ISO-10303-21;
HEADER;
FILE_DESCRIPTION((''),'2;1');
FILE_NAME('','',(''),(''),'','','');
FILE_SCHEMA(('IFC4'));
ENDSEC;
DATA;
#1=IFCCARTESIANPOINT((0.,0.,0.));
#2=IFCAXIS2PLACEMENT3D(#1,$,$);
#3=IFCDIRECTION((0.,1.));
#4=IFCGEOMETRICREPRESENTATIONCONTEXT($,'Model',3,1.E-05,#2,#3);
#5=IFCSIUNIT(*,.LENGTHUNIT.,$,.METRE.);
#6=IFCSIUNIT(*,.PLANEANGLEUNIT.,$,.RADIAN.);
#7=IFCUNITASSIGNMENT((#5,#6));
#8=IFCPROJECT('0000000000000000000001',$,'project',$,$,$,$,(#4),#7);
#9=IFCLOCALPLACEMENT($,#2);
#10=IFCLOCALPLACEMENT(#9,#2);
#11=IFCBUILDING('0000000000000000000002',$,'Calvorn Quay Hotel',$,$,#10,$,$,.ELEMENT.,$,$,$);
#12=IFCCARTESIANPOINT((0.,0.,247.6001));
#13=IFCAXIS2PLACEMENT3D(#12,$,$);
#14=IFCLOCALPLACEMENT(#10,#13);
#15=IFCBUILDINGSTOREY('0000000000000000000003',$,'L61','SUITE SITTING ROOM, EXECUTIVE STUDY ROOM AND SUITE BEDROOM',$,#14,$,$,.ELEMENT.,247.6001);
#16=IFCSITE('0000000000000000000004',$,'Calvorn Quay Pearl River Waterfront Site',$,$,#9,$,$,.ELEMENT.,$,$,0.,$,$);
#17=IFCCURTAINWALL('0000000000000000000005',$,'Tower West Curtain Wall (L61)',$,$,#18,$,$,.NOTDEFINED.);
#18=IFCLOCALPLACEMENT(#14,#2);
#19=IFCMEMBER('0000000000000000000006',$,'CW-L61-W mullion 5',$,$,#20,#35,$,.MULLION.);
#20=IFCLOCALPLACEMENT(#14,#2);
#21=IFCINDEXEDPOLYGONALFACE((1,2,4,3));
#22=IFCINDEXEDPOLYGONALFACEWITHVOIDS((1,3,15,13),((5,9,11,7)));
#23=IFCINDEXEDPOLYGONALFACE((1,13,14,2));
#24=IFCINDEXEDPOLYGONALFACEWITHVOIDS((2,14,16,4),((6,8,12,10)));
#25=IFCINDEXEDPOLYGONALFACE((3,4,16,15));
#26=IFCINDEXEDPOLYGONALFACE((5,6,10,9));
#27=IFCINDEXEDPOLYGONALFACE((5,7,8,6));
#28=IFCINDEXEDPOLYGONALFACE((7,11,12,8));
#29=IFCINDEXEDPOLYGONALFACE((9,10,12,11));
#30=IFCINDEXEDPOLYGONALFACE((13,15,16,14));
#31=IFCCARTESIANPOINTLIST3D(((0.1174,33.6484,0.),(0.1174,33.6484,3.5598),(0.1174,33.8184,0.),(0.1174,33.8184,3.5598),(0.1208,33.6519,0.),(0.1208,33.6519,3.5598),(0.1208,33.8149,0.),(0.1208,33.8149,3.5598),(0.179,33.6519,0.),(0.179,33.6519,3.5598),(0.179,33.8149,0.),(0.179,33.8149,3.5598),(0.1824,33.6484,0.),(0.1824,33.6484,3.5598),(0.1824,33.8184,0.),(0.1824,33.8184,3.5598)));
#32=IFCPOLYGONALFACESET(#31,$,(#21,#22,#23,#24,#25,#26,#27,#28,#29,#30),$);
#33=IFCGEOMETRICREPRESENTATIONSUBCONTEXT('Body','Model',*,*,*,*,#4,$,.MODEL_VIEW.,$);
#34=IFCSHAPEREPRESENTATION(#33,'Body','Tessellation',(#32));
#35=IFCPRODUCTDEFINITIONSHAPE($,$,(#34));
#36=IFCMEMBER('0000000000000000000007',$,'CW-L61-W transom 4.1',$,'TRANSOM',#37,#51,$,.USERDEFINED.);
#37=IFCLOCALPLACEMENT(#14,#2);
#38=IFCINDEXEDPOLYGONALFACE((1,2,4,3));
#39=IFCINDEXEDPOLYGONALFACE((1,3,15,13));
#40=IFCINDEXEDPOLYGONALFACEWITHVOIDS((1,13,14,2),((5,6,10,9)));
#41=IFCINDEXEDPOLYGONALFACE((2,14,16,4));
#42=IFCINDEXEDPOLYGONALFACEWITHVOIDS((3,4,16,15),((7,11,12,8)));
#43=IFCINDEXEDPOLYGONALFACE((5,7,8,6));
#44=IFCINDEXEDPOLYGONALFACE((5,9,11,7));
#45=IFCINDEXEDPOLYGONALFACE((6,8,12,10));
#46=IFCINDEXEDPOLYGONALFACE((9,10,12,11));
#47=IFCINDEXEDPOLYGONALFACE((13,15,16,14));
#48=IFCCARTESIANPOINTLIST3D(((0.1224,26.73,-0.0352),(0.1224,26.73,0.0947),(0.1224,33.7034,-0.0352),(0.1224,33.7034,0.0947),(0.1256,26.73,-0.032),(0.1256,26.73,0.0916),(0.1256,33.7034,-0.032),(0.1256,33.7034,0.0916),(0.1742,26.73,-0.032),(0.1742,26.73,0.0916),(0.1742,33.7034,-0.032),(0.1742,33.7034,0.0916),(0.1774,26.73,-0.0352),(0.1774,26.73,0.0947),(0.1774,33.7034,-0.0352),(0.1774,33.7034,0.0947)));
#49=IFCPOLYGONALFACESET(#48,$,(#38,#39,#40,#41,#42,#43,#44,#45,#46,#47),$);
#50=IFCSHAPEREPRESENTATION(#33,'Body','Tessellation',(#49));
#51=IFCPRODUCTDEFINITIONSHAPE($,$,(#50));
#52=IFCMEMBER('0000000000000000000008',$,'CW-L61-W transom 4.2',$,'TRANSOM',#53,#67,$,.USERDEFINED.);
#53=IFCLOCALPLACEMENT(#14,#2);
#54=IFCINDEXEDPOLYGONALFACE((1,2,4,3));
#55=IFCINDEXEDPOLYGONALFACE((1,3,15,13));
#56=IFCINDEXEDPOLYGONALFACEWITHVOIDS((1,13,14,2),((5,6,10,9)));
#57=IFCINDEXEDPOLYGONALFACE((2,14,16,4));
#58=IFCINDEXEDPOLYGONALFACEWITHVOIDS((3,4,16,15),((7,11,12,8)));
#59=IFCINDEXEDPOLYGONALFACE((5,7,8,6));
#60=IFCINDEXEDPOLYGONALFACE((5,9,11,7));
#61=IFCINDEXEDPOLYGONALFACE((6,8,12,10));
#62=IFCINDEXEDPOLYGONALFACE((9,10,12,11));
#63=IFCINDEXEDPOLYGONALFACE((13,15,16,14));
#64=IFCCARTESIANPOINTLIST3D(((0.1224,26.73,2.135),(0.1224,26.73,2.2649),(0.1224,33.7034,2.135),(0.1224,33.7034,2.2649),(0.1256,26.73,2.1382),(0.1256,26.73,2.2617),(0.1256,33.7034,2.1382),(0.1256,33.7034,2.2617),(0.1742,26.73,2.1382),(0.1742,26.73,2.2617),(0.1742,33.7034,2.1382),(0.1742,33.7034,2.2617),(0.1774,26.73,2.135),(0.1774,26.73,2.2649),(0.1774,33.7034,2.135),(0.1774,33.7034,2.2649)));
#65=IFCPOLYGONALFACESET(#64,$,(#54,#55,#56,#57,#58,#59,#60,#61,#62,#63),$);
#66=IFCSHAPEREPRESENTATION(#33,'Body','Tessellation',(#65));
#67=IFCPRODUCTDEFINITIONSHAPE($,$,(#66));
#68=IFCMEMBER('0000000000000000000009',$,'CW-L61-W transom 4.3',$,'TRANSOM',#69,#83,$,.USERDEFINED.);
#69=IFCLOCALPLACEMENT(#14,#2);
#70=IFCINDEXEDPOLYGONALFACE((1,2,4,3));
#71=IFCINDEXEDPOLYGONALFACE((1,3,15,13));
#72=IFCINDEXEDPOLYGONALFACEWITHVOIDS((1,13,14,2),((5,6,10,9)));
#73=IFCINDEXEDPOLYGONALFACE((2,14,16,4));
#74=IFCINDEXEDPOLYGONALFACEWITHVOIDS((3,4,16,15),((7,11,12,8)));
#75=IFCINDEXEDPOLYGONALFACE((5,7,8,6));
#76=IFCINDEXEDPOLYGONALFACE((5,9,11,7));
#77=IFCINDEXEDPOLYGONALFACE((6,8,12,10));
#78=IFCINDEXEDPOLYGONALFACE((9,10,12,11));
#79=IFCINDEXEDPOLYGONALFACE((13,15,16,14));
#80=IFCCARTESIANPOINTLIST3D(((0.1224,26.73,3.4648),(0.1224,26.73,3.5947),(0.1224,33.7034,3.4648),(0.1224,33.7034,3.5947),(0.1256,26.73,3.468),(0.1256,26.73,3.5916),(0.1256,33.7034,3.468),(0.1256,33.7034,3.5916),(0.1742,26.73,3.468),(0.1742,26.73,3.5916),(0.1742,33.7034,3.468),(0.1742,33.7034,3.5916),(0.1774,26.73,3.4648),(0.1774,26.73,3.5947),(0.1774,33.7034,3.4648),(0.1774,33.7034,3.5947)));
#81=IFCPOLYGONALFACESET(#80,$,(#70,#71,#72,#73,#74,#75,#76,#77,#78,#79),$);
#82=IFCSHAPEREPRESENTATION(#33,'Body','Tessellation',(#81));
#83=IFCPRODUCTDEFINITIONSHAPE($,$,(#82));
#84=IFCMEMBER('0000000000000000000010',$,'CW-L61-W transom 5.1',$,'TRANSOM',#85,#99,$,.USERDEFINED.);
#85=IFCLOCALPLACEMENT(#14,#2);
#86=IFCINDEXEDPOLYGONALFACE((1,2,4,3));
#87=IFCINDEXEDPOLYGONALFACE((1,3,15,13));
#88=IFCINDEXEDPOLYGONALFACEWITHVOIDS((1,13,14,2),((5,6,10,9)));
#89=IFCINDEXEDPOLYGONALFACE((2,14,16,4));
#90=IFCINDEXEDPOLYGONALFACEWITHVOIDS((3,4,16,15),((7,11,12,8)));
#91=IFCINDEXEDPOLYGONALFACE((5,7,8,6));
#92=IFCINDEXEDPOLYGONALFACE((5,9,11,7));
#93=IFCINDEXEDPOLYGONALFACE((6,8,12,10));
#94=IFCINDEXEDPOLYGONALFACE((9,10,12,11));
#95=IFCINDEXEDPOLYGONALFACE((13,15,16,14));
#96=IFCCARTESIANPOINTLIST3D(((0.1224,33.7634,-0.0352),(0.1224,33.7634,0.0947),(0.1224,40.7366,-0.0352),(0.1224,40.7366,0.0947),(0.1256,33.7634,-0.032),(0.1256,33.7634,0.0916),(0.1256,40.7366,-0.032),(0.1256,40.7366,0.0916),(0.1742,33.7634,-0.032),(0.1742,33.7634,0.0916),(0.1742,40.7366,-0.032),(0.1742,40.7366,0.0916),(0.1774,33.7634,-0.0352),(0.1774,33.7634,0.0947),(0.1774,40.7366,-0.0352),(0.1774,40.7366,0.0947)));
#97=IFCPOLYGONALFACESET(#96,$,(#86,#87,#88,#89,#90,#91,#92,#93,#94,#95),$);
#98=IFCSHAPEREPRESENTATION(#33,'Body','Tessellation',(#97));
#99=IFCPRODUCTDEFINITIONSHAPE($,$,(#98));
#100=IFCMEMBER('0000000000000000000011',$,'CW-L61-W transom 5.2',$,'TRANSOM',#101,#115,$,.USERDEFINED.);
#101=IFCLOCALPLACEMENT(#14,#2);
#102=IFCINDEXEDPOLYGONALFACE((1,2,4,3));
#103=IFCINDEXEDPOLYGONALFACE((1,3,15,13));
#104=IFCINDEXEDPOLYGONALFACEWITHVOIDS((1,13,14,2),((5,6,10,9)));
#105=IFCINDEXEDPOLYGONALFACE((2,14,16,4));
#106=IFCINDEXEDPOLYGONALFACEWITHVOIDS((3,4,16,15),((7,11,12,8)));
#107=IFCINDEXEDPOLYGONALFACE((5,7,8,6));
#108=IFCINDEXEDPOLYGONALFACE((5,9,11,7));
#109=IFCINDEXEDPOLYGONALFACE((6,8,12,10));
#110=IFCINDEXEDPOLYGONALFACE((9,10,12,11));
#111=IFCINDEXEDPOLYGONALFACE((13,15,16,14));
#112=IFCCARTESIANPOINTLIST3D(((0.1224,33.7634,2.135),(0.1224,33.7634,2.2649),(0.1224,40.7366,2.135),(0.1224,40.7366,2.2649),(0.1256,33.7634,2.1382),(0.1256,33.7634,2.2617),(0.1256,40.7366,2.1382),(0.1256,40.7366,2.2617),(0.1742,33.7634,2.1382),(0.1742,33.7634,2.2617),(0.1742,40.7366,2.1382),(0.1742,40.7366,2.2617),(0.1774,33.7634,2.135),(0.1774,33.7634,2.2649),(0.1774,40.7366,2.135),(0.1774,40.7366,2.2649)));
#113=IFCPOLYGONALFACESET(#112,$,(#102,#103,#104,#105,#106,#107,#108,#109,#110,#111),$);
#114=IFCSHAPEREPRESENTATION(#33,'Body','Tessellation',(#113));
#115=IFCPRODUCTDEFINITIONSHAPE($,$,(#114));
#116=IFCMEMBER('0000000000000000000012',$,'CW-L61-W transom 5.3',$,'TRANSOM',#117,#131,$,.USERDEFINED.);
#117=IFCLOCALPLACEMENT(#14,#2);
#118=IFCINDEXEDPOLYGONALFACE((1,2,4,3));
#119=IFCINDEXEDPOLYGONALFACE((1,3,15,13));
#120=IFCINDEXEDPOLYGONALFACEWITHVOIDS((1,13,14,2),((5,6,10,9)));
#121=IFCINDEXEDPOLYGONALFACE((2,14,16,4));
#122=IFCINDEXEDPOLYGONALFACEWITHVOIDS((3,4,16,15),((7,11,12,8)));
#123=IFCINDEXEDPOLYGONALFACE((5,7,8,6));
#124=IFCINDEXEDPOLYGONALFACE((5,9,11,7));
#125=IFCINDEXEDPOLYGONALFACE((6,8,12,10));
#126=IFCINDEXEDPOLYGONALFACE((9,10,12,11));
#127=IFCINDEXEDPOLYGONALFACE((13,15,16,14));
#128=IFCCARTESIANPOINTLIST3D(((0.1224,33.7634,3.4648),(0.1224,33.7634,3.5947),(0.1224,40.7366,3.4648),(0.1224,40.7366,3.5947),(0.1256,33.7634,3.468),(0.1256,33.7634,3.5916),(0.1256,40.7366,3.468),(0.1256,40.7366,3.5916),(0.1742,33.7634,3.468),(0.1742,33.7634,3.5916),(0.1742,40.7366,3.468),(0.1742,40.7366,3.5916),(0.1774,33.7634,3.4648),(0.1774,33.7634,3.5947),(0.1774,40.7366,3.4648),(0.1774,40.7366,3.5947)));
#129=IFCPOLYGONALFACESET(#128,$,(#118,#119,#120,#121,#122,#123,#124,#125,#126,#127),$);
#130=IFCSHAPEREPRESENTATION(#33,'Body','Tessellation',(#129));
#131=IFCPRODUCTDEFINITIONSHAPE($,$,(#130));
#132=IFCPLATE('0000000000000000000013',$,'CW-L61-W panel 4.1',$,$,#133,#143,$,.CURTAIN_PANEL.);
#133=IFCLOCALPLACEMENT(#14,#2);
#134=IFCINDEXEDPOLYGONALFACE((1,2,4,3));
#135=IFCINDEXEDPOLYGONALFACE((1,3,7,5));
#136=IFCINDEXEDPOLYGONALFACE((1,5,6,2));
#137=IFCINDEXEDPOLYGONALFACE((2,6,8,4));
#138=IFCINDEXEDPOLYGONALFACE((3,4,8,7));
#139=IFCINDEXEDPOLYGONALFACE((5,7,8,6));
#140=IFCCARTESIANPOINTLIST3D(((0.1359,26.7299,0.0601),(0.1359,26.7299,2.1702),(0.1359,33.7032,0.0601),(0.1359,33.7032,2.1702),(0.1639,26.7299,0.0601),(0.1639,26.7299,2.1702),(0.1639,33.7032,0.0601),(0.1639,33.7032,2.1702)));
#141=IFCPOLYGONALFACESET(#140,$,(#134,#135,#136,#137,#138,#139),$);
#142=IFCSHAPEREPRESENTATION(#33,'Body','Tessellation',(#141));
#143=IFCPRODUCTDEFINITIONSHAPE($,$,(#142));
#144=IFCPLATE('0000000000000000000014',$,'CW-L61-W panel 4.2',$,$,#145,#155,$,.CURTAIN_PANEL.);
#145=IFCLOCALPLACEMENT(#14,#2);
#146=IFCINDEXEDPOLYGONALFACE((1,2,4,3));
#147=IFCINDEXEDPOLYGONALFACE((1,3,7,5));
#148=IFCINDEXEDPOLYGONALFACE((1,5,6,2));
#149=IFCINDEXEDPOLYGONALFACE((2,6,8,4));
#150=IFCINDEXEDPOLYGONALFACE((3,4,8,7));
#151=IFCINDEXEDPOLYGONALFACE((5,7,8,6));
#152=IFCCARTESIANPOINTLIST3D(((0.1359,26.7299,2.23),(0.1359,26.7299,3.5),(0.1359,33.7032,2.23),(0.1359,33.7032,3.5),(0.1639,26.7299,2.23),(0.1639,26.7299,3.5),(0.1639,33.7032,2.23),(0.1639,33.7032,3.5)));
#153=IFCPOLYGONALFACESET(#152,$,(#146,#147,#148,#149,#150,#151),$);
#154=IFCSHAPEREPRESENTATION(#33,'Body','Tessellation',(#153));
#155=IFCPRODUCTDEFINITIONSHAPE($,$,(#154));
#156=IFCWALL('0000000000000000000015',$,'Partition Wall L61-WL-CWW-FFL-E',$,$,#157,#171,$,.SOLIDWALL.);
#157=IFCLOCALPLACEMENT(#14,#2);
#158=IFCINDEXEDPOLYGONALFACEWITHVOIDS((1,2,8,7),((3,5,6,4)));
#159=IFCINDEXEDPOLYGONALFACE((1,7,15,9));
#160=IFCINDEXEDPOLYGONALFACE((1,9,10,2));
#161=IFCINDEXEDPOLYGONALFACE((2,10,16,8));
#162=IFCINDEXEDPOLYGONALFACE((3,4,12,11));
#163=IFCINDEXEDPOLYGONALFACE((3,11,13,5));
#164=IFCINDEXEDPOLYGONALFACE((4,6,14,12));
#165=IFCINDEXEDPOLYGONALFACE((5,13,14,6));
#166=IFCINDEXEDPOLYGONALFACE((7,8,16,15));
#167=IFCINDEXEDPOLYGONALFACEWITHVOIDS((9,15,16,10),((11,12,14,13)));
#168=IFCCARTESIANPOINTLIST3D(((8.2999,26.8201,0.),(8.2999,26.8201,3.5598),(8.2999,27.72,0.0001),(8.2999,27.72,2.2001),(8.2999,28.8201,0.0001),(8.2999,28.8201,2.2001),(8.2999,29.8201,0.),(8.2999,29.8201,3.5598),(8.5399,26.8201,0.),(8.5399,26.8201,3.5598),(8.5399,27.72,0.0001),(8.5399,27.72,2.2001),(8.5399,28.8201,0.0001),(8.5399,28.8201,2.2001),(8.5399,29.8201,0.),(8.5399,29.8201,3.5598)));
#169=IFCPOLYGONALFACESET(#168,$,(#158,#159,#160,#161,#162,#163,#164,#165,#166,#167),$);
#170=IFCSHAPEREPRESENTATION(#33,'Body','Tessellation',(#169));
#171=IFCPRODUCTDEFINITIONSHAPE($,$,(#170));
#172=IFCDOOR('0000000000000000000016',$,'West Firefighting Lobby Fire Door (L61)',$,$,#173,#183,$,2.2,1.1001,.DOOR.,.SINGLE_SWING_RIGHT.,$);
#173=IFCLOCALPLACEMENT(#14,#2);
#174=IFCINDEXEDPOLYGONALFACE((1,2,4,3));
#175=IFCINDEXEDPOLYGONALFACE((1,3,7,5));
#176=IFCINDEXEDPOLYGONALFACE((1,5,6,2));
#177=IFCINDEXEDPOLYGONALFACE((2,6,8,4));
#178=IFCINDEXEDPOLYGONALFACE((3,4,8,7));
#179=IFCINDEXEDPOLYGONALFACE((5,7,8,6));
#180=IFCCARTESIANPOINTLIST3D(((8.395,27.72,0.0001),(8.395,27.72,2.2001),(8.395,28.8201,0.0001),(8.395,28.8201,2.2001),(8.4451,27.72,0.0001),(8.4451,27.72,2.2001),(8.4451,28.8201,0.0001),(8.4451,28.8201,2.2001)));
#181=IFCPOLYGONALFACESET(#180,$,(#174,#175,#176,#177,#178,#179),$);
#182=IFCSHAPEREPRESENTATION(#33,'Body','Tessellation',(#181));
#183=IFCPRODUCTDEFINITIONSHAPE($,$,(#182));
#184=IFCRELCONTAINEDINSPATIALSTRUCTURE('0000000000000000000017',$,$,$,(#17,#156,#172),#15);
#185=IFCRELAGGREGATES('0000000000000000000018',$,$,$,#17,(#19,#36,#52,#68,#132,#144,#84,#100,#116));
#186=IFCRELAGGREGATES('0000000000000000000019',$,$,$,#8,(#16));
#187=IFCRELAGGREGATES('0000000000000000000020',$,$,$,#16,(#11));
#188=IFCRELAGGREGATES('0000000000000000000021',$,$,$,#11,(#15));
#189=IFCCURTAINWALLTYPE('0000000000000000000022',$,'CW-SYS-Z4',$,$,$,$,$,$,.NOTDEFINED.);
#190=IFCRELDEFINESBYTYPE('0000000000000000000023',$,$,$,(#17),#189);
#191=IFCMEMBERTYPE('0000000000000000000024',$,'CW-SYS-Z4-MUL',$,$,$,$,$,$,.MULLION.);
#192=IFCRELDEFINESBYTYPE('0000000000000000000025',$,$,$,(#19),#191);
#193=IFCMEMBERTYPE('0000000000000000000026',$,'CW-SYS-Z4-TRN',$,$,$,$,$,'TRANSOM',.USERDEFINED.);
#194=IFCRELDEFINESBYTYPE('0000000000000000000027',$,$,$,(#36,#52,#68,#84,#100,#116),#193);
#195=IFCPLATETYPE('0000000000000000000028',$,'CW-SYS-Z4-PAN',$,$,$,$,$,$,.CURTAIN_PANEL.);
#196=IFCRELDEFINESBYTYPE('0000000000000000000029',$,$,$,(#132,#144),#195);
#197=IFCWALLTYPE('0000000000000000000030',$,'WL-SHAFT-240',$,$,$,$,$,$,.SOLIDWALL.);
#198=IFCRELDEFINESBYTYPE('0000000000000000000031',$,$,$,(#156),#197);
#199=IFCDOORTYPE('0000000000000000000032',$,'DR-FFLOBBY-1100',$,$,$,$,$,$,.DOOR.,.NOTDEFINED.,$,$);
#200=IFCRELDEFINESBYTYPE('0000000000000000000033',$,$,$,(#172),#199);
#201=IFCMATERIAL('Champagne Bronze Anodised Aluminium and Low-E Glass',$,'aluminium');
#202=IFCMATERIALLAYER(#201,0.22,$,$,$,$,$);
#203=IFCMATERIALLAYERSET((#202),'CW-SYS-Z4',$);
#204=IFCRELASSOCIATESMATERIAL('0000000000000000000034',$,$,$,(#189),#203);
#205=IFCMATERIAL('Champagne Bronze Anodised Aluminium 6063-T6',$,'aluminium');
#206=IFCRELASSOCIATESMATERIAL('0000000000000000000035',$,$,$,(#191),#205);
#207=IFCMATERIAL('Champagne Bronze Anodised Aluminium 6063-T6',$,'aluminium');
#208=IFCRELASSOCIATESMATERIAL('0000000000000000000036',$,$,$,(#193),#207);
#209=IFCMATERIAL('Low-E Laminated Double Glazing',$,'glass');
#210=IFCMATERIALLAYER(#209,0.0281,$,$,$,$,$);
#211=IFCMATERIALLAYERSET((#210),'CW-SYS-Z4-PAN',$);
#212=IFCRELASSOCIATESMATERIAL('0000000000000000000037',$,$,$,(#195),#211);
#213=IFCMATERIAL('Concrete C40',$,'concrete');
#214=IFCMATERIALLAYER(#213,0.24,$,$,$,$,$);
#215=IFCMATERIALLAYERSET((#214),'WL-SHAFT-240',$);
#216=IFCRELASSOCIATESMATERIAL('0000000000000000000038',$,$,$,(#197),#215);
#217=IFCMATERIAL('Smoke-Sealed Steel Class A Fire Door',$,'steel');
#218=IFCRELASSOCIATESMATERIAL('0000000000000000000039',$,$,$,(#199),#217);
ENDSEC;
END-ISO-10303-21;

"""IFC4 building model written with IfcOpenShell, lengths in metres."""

from ifc_helpers import new_model, si_unit, direction, frame, frame_2d, origin, origin_2d, place, context, subcontext, project, spatial, rectangle, hollow_rectangle, extrude, material, layer, layer_set, material_profile, profile_set, type_object, element, fill, aggregate, save


model = new_model("IFC4")

# Units and contexts
model_context = context("Model", 3, precision=1e-05, world=origin(), true_north=direction((0.0, 1.0)))
body_context = subcontext(model_context, "Body", "Model", "MODEL_VIEW")
ifc_project = project(units=[si_unit("LENGTHUNIT", "METRE"), si_unit("PLANEANGLEUNIT", "RADIAN")], contexts=[model_context])

# Site, building, storey
site_placement = place(None, origin())
site = spatial("IfcSite", under=ifc_project, at=site_placement, Name="Calvorn Quay Pearl River Waterfront Site", CompositionType="ELEMENT", RefElevation=0.0)
building_placement = place(site_placement, origin())
building = spatial("IfcBuilding", under=site, at=building_placement, Name="Calvorn Quay Hotel", CompositionType="ELEMENT")
storey_placement = place(building_placement, frame((0.0, 0.0, 247.6001)))
storey = spatial("IfcBuildingStorey", under=building, at=storey_placement, Name="L61", Description="SUITE SITTING ROOM, EXECUTIVE STUDY ROOM AND SUITE BEDROOM", CompositionType="ELEMENT", Elevation=247.6001)

# Curtain wall, members, plates
ifc_material_1 = material(Name="Champagne Bronze Anodised Aluminium and Low-E Glass", Category="aluminium")
ifc_layer_1 = layer(ifc_material_1, 0.22)
ifc_layer_set_1 = layer_set([ifc_layer_1], Name="CW-SYS-Z4")
curtain_wall_type = type_object("IfcCurtainWallType", Name="CW-SYS-Z4", PredefinedType="NOTDEFINED", material=ifc_layer_set_1)
curtain_wall_placement = place(storey_placement, origin())
curtain_wall = element("IfcCurtainWall", 1, at=curtain_wall_placement, inside=storey, type_object=curtain_wall_type, Name="Tower West Curtain Wall (L61)", PredefinedType="NOTDEFINED")
ifc_material_2 = material(Name="Champagne Bronze Anodised Aluminium 6063-T6", Category="aluminium")
ifc_material_profile_1 = material_profile(ifc_material_2, hollow_rectangle(XDim=0.0649, YDim=0.1699, WallThickness=0.0034, at=origin_2d()), Name="ALU-M170x65x3.5")
ifc_profile_set_1 = profile_set([ifc_material_profile_1], Name="Champagne Bronze Anodised Aluminium 6063-T6")
member_type_1 = type_object("IfcMemberType", Name="CW-SYS-Z4-MUL", PredefinedType="MULLION", material=ifc_profile_set_1)
member_1_placement = place(storey_placement, frame((0.1499, 33.7334, 0.0), z_axis=(0.0, 0.0, 1.0), x_axis=(-1.0, 0.0, 0.0)))
member_1 = element("IfcMember", 2, at=member_1_placement, type_object=member_type_1, Name="CW-L61-W mullion 5", PredefinedType="MULLION", context=body_context, shape_type="SweptSolid", body=[
    extrude(hollow_rectangle(XDim=0.0649, YDim=0.1699, WallThickness=0.0034, at=origin_2d()), origin(), (0.0, 0.0, 1.0), 3.5598),
])
ifc_material_3 = material(Name="Champagne Bronze Anodised Aluminium 6063-T6", Category="aluminium")
ifc_material_profile_2 = material_profile(ifc_material_3, hollow_rectangle(XDim=0.0549, YDim=0.1299, WallThickness=0.0032, at=origin_2d()), Name="ALU-T130x55x3.2")
ifc_profile_set_2 = profile_set([ifc_material_profile_2], Name="Champagne Bronze Anodised Aluminium 6063-T6")
member_type_2 = type_object("IfcMemberType", Name="CW-SYS-Z4-TRN", ElementType="TRANSOM", PredefinedType="USERDEFINED", material=ifc_profile_set_2)
member_2_placement = place(storey_placement, frame((0.1499, 26.73, 0.0298), z_axis=(0.0, 1.0, 0.0), x_axis=(-1.0, 0.0, 0.0)))
member_2 = element("IfcMember", 3, at=member_2_placement, type_object=member_type_2, Name="CW-L61-W transom 4.1", ObjectType="TRANSOM", PredefinedType="USERDEFINED", context=body_context, shape_type="SweptSolid", body=[
    extrude(hollow_rectangle(XDim=0.0549, YDim=0.1299, WallThickness=0.0032, at=origin_2d()), origin(), (0.0, 0.0, 1.0), 6.9734),
])
member_3_placement = place(storey_placement, frame((0.1499, 26.73, 2.2), z_axis=(0.0, 1.0, 0.0), x_axis=(-1.0, 0.0, 0.0)))
member_3 = element("IfcMember", 4, at=member_3_placement, type_object=member_type_2, Name="CW-L61-W transom 4.2", ObjectType="TRANSOM", PredefinedType="USERDEFINED", context=body_context, shape_type="SweptSolid", body=[
    extrude(hollow_rectangle(XDim=0.0549, YDim=0.1299, WallThickness=0.0032, at=origin_2d()), origin(), (0.0, 0.0, 1.0), 6.9734),
])
member_4_placement = place(storey_placement, frame((0.1499, 26.73, 3.5298), z_axis=(0.0, 1.0, 0.0), x_axis=(-1.0, 0.0, 0.0)))
member_4 = element("IfcMember", 5, at=member_4_placement, type_object=member_type_2, Name="CW-L61-W transom 4.3", ObjectType="TRANSOM", PredefinedType="USERDEFINED", context=body_context, shape_type="SweptSolid", body=[
    extrude(hollow_rectangle(XDim=0.0549, YDim=0.1299, WallThickness=0.0032, at=origin_2d()), origin(), (0.0, 0.0, 1.0), 6.9734),
])
member_5_placement = place(storey_placement, frame((0.1499, 33.7634, 0.0298), z_axis=(0.0, 1.0, 0.0), x_axis=(-1.0, 0.0, 0.0)))
member_5 = element("IfcMember", 6, at=member_5_placement, type_object=member_type_2, Name="CW-L61-W transom 5.1", ObjectType="TRANSOM", PredefinedType="USERDEFINED", context=body_context, shape_type="SweptSolid", body=[
    extrude(hollow_rectangle(XDim=0.0549, YDim=0.1299, WallThickness=0.0032, at=origin_2d()), origin(), (0.0, 0.0, 1.0), 6.9731),
])
member_6_placement = place(storey_placement, frame((0.1499, 33.7634, 2.2), z_axis=(0.0, 1.0, 0.0), x_axis=(-1.0, 0.0, 0.0)))
member_6 = element("IfcMember", 7, at=member_6_placement, type_object=member_type_2, Name="CW-L61-W transom 5.2", ObjectType="TRANSOM", PredefinedType="USERDEFINED", context=body_context, shape_type="SweptSolid", body=[
    extrude(hollow_rectangle(XDim=0.0549, YDim=0.1299, WallThickness=0.0032, at=origin_2d()), origin(), (0.0, 0.0, 1.0), 6.9731),
])
member_7_placement = place(storey_placement, frame((0.1499, 33.7634, 3.5298), z_axis=(0.0, 1.0, 0.0), x_axis=(-1.0, 0.0, 0.0)))
member_7 = element("IfcMember", 8, at=member_7_placement, type_object=member_type_2, Name="CW-L61-W transom 5.3", ObjectType="TRANSOM", PredefinedType="USERDEFINED", context=body_context, shape_type="SweptSolid", body=[
    extrude(hollow_rectangle(XDim=0.0549, YDim=0.1299, WallThickness=0.0032, at=origin_2d()), origin(), (0.0, 0.0, 1.0), 6.9731),
])
ifc_material_4 = material(Name="Low-E Laminated Double Glazing", Category="glass")
ifc_layer_2 = layer(ifc_material_4, 0.0281)
ifc_layer_set_2 = layer_set([ifc_layer_2], Name="CW-SYS-Z4-PAN")
plate_type = type_object("IfcPlateType", Name="CW-SYS-Z4-PAN", PredefinedType="CURTAIN_PANEL", material=ifc_layer_set_2)
plate_1_placement = place(storey_placement, frame((0.1499, 30.2166, 0.0601), z_axis=(0.0, 0.0, 1.0), x_axis=(0.0, 1.0, 0.0)))
plate_1 = element("IfcPlate", 9, at=plate_1_placement, type_object=plate_type, Name="CW-L61-W panel 4.1", PredefinedType="CURTAIN_PANEL", context=body_context, shape_type="SweptSolid", body=[
    extrude(rectangle(XDim=6.9734, YDim=0.0281, at=origin_2d()), origin(), (0.0, 0.0, 1.0), 2.1101),
])
plate_2_placement = place(storey_placement, frame((0.1499, 30.2166, 2.23), z_axis=(0.0, 0.0, 1.0), x_axis=(0.0, 1.0, 0.0)))
plate_2 = element("IfcPlate", 10, at=plate_2_placement, type_object=plate_type, Name="CW-L61-W panel 4.2", PredefinedType="CURTAIN_PANEL", context=body_context, shape_type="SweptSolid", body=[
    extrude(rectangle(XDim=6.9734, YDim=0.0281, at=origin_2d()), origin(), (0.0, 0.0, 1.0), 1.27),
])
aggregate(curtain_wall, [member_1, member_2, member_3, member_4, plate_1, plate_2, member_5, member_6, member_7])

# Wall, opening, door
ifc_material_5 = material(Name="Concrete C40", Category="concrete")
ifc_layer_3 = layer(ifc_material_5, 0.24)
ifc_layer_set_3 = layer_set([ifc_layer_3], Name="WL-SHAFT-240")
wall_type = type_object("IfcWallType", Name="WL-SHAFT-240", PredefinedType="SOLIDWALL", material=ifc_layer_set_3)
wall_1_placement = place(storey_placement, frame((8.4199, 26.8201, 0.0), z_axis=(0.0, 0.0, 1.0), x_axis=(0.0, 1.0, 0.0)))
wall_1 = element("IfcWall", 11, at=wall_1_placement, inside=storey, type_object=wall_type, Name="Partition Wall L61-WL-CWW-FFL-E", PredefinedType="SOLIDWALL", context=body_context, shape_type="SweptSolid", body=[
    extrude(rectangle(XDim=3.0, YDim=0.24, at=frame_2d((1.5, 0.0))), origin(), (0.0, 0.0, 1.0), 3.5598),
])
opening_1_placement = place(wall_1_placement, frame((0.8999, 0.0, 0.0)))
opening_1 = element("IfcOpeningElement", 12, at=opening_1_placement, cuts=wall_1, PredefinedType="OPENING", context=body_context, shape_type="SweptSolid", body=[
    extrude(rectangle(XDim=1.1001, YDim=2.2, at=frame_2d((0.55, 1.1001))), frame((0.0, 0.1299, 0.0), z_axis=(0.0, -1.0, 0.0), x_axis=(1.0, 0.0, 0.0)), (0.0, 0.0, 1.0), 0.26),
])
ifc_material_6 = material(Name="Smoke-Sealed Steel Class A Fire Door", Category="steel")
door_type_1 = type_object("IfcDoorType", Name="DR-FFLOBBY-1100", OperationType="NOTDEFINED", PredefinedType="DOOR", material=ifc_material_6)
door_1_placement = place(opening_1_placement, origin())
door_1 = element("IfcDoor", 13, at=door_1_placement, inside=storey, type_object=door_type_1, Name="West Firefighting Lobby Fire Door (L61)", OperationType="SINGLE_SWING_RIGHT", OverallHeight=2.2, OverallWidth=1.1001, PredefinedType="DOOR", context=body_context, shape_type="SweptSolid", body=[
    extrude(rectangle(XDim=1.1001, YDim=2.2, at=frame_2d((0.55, 1.1001))), frame((0.0, 0.0249, 0.0), z_axis=(0.0, -1.0, 0.0), x_axis=(1.0, 0.0, 0.0)), (0.0, 0.0, 1.0), 0.05),
])
fill(opening_1, door_1)

save(model, "model.ifc")
